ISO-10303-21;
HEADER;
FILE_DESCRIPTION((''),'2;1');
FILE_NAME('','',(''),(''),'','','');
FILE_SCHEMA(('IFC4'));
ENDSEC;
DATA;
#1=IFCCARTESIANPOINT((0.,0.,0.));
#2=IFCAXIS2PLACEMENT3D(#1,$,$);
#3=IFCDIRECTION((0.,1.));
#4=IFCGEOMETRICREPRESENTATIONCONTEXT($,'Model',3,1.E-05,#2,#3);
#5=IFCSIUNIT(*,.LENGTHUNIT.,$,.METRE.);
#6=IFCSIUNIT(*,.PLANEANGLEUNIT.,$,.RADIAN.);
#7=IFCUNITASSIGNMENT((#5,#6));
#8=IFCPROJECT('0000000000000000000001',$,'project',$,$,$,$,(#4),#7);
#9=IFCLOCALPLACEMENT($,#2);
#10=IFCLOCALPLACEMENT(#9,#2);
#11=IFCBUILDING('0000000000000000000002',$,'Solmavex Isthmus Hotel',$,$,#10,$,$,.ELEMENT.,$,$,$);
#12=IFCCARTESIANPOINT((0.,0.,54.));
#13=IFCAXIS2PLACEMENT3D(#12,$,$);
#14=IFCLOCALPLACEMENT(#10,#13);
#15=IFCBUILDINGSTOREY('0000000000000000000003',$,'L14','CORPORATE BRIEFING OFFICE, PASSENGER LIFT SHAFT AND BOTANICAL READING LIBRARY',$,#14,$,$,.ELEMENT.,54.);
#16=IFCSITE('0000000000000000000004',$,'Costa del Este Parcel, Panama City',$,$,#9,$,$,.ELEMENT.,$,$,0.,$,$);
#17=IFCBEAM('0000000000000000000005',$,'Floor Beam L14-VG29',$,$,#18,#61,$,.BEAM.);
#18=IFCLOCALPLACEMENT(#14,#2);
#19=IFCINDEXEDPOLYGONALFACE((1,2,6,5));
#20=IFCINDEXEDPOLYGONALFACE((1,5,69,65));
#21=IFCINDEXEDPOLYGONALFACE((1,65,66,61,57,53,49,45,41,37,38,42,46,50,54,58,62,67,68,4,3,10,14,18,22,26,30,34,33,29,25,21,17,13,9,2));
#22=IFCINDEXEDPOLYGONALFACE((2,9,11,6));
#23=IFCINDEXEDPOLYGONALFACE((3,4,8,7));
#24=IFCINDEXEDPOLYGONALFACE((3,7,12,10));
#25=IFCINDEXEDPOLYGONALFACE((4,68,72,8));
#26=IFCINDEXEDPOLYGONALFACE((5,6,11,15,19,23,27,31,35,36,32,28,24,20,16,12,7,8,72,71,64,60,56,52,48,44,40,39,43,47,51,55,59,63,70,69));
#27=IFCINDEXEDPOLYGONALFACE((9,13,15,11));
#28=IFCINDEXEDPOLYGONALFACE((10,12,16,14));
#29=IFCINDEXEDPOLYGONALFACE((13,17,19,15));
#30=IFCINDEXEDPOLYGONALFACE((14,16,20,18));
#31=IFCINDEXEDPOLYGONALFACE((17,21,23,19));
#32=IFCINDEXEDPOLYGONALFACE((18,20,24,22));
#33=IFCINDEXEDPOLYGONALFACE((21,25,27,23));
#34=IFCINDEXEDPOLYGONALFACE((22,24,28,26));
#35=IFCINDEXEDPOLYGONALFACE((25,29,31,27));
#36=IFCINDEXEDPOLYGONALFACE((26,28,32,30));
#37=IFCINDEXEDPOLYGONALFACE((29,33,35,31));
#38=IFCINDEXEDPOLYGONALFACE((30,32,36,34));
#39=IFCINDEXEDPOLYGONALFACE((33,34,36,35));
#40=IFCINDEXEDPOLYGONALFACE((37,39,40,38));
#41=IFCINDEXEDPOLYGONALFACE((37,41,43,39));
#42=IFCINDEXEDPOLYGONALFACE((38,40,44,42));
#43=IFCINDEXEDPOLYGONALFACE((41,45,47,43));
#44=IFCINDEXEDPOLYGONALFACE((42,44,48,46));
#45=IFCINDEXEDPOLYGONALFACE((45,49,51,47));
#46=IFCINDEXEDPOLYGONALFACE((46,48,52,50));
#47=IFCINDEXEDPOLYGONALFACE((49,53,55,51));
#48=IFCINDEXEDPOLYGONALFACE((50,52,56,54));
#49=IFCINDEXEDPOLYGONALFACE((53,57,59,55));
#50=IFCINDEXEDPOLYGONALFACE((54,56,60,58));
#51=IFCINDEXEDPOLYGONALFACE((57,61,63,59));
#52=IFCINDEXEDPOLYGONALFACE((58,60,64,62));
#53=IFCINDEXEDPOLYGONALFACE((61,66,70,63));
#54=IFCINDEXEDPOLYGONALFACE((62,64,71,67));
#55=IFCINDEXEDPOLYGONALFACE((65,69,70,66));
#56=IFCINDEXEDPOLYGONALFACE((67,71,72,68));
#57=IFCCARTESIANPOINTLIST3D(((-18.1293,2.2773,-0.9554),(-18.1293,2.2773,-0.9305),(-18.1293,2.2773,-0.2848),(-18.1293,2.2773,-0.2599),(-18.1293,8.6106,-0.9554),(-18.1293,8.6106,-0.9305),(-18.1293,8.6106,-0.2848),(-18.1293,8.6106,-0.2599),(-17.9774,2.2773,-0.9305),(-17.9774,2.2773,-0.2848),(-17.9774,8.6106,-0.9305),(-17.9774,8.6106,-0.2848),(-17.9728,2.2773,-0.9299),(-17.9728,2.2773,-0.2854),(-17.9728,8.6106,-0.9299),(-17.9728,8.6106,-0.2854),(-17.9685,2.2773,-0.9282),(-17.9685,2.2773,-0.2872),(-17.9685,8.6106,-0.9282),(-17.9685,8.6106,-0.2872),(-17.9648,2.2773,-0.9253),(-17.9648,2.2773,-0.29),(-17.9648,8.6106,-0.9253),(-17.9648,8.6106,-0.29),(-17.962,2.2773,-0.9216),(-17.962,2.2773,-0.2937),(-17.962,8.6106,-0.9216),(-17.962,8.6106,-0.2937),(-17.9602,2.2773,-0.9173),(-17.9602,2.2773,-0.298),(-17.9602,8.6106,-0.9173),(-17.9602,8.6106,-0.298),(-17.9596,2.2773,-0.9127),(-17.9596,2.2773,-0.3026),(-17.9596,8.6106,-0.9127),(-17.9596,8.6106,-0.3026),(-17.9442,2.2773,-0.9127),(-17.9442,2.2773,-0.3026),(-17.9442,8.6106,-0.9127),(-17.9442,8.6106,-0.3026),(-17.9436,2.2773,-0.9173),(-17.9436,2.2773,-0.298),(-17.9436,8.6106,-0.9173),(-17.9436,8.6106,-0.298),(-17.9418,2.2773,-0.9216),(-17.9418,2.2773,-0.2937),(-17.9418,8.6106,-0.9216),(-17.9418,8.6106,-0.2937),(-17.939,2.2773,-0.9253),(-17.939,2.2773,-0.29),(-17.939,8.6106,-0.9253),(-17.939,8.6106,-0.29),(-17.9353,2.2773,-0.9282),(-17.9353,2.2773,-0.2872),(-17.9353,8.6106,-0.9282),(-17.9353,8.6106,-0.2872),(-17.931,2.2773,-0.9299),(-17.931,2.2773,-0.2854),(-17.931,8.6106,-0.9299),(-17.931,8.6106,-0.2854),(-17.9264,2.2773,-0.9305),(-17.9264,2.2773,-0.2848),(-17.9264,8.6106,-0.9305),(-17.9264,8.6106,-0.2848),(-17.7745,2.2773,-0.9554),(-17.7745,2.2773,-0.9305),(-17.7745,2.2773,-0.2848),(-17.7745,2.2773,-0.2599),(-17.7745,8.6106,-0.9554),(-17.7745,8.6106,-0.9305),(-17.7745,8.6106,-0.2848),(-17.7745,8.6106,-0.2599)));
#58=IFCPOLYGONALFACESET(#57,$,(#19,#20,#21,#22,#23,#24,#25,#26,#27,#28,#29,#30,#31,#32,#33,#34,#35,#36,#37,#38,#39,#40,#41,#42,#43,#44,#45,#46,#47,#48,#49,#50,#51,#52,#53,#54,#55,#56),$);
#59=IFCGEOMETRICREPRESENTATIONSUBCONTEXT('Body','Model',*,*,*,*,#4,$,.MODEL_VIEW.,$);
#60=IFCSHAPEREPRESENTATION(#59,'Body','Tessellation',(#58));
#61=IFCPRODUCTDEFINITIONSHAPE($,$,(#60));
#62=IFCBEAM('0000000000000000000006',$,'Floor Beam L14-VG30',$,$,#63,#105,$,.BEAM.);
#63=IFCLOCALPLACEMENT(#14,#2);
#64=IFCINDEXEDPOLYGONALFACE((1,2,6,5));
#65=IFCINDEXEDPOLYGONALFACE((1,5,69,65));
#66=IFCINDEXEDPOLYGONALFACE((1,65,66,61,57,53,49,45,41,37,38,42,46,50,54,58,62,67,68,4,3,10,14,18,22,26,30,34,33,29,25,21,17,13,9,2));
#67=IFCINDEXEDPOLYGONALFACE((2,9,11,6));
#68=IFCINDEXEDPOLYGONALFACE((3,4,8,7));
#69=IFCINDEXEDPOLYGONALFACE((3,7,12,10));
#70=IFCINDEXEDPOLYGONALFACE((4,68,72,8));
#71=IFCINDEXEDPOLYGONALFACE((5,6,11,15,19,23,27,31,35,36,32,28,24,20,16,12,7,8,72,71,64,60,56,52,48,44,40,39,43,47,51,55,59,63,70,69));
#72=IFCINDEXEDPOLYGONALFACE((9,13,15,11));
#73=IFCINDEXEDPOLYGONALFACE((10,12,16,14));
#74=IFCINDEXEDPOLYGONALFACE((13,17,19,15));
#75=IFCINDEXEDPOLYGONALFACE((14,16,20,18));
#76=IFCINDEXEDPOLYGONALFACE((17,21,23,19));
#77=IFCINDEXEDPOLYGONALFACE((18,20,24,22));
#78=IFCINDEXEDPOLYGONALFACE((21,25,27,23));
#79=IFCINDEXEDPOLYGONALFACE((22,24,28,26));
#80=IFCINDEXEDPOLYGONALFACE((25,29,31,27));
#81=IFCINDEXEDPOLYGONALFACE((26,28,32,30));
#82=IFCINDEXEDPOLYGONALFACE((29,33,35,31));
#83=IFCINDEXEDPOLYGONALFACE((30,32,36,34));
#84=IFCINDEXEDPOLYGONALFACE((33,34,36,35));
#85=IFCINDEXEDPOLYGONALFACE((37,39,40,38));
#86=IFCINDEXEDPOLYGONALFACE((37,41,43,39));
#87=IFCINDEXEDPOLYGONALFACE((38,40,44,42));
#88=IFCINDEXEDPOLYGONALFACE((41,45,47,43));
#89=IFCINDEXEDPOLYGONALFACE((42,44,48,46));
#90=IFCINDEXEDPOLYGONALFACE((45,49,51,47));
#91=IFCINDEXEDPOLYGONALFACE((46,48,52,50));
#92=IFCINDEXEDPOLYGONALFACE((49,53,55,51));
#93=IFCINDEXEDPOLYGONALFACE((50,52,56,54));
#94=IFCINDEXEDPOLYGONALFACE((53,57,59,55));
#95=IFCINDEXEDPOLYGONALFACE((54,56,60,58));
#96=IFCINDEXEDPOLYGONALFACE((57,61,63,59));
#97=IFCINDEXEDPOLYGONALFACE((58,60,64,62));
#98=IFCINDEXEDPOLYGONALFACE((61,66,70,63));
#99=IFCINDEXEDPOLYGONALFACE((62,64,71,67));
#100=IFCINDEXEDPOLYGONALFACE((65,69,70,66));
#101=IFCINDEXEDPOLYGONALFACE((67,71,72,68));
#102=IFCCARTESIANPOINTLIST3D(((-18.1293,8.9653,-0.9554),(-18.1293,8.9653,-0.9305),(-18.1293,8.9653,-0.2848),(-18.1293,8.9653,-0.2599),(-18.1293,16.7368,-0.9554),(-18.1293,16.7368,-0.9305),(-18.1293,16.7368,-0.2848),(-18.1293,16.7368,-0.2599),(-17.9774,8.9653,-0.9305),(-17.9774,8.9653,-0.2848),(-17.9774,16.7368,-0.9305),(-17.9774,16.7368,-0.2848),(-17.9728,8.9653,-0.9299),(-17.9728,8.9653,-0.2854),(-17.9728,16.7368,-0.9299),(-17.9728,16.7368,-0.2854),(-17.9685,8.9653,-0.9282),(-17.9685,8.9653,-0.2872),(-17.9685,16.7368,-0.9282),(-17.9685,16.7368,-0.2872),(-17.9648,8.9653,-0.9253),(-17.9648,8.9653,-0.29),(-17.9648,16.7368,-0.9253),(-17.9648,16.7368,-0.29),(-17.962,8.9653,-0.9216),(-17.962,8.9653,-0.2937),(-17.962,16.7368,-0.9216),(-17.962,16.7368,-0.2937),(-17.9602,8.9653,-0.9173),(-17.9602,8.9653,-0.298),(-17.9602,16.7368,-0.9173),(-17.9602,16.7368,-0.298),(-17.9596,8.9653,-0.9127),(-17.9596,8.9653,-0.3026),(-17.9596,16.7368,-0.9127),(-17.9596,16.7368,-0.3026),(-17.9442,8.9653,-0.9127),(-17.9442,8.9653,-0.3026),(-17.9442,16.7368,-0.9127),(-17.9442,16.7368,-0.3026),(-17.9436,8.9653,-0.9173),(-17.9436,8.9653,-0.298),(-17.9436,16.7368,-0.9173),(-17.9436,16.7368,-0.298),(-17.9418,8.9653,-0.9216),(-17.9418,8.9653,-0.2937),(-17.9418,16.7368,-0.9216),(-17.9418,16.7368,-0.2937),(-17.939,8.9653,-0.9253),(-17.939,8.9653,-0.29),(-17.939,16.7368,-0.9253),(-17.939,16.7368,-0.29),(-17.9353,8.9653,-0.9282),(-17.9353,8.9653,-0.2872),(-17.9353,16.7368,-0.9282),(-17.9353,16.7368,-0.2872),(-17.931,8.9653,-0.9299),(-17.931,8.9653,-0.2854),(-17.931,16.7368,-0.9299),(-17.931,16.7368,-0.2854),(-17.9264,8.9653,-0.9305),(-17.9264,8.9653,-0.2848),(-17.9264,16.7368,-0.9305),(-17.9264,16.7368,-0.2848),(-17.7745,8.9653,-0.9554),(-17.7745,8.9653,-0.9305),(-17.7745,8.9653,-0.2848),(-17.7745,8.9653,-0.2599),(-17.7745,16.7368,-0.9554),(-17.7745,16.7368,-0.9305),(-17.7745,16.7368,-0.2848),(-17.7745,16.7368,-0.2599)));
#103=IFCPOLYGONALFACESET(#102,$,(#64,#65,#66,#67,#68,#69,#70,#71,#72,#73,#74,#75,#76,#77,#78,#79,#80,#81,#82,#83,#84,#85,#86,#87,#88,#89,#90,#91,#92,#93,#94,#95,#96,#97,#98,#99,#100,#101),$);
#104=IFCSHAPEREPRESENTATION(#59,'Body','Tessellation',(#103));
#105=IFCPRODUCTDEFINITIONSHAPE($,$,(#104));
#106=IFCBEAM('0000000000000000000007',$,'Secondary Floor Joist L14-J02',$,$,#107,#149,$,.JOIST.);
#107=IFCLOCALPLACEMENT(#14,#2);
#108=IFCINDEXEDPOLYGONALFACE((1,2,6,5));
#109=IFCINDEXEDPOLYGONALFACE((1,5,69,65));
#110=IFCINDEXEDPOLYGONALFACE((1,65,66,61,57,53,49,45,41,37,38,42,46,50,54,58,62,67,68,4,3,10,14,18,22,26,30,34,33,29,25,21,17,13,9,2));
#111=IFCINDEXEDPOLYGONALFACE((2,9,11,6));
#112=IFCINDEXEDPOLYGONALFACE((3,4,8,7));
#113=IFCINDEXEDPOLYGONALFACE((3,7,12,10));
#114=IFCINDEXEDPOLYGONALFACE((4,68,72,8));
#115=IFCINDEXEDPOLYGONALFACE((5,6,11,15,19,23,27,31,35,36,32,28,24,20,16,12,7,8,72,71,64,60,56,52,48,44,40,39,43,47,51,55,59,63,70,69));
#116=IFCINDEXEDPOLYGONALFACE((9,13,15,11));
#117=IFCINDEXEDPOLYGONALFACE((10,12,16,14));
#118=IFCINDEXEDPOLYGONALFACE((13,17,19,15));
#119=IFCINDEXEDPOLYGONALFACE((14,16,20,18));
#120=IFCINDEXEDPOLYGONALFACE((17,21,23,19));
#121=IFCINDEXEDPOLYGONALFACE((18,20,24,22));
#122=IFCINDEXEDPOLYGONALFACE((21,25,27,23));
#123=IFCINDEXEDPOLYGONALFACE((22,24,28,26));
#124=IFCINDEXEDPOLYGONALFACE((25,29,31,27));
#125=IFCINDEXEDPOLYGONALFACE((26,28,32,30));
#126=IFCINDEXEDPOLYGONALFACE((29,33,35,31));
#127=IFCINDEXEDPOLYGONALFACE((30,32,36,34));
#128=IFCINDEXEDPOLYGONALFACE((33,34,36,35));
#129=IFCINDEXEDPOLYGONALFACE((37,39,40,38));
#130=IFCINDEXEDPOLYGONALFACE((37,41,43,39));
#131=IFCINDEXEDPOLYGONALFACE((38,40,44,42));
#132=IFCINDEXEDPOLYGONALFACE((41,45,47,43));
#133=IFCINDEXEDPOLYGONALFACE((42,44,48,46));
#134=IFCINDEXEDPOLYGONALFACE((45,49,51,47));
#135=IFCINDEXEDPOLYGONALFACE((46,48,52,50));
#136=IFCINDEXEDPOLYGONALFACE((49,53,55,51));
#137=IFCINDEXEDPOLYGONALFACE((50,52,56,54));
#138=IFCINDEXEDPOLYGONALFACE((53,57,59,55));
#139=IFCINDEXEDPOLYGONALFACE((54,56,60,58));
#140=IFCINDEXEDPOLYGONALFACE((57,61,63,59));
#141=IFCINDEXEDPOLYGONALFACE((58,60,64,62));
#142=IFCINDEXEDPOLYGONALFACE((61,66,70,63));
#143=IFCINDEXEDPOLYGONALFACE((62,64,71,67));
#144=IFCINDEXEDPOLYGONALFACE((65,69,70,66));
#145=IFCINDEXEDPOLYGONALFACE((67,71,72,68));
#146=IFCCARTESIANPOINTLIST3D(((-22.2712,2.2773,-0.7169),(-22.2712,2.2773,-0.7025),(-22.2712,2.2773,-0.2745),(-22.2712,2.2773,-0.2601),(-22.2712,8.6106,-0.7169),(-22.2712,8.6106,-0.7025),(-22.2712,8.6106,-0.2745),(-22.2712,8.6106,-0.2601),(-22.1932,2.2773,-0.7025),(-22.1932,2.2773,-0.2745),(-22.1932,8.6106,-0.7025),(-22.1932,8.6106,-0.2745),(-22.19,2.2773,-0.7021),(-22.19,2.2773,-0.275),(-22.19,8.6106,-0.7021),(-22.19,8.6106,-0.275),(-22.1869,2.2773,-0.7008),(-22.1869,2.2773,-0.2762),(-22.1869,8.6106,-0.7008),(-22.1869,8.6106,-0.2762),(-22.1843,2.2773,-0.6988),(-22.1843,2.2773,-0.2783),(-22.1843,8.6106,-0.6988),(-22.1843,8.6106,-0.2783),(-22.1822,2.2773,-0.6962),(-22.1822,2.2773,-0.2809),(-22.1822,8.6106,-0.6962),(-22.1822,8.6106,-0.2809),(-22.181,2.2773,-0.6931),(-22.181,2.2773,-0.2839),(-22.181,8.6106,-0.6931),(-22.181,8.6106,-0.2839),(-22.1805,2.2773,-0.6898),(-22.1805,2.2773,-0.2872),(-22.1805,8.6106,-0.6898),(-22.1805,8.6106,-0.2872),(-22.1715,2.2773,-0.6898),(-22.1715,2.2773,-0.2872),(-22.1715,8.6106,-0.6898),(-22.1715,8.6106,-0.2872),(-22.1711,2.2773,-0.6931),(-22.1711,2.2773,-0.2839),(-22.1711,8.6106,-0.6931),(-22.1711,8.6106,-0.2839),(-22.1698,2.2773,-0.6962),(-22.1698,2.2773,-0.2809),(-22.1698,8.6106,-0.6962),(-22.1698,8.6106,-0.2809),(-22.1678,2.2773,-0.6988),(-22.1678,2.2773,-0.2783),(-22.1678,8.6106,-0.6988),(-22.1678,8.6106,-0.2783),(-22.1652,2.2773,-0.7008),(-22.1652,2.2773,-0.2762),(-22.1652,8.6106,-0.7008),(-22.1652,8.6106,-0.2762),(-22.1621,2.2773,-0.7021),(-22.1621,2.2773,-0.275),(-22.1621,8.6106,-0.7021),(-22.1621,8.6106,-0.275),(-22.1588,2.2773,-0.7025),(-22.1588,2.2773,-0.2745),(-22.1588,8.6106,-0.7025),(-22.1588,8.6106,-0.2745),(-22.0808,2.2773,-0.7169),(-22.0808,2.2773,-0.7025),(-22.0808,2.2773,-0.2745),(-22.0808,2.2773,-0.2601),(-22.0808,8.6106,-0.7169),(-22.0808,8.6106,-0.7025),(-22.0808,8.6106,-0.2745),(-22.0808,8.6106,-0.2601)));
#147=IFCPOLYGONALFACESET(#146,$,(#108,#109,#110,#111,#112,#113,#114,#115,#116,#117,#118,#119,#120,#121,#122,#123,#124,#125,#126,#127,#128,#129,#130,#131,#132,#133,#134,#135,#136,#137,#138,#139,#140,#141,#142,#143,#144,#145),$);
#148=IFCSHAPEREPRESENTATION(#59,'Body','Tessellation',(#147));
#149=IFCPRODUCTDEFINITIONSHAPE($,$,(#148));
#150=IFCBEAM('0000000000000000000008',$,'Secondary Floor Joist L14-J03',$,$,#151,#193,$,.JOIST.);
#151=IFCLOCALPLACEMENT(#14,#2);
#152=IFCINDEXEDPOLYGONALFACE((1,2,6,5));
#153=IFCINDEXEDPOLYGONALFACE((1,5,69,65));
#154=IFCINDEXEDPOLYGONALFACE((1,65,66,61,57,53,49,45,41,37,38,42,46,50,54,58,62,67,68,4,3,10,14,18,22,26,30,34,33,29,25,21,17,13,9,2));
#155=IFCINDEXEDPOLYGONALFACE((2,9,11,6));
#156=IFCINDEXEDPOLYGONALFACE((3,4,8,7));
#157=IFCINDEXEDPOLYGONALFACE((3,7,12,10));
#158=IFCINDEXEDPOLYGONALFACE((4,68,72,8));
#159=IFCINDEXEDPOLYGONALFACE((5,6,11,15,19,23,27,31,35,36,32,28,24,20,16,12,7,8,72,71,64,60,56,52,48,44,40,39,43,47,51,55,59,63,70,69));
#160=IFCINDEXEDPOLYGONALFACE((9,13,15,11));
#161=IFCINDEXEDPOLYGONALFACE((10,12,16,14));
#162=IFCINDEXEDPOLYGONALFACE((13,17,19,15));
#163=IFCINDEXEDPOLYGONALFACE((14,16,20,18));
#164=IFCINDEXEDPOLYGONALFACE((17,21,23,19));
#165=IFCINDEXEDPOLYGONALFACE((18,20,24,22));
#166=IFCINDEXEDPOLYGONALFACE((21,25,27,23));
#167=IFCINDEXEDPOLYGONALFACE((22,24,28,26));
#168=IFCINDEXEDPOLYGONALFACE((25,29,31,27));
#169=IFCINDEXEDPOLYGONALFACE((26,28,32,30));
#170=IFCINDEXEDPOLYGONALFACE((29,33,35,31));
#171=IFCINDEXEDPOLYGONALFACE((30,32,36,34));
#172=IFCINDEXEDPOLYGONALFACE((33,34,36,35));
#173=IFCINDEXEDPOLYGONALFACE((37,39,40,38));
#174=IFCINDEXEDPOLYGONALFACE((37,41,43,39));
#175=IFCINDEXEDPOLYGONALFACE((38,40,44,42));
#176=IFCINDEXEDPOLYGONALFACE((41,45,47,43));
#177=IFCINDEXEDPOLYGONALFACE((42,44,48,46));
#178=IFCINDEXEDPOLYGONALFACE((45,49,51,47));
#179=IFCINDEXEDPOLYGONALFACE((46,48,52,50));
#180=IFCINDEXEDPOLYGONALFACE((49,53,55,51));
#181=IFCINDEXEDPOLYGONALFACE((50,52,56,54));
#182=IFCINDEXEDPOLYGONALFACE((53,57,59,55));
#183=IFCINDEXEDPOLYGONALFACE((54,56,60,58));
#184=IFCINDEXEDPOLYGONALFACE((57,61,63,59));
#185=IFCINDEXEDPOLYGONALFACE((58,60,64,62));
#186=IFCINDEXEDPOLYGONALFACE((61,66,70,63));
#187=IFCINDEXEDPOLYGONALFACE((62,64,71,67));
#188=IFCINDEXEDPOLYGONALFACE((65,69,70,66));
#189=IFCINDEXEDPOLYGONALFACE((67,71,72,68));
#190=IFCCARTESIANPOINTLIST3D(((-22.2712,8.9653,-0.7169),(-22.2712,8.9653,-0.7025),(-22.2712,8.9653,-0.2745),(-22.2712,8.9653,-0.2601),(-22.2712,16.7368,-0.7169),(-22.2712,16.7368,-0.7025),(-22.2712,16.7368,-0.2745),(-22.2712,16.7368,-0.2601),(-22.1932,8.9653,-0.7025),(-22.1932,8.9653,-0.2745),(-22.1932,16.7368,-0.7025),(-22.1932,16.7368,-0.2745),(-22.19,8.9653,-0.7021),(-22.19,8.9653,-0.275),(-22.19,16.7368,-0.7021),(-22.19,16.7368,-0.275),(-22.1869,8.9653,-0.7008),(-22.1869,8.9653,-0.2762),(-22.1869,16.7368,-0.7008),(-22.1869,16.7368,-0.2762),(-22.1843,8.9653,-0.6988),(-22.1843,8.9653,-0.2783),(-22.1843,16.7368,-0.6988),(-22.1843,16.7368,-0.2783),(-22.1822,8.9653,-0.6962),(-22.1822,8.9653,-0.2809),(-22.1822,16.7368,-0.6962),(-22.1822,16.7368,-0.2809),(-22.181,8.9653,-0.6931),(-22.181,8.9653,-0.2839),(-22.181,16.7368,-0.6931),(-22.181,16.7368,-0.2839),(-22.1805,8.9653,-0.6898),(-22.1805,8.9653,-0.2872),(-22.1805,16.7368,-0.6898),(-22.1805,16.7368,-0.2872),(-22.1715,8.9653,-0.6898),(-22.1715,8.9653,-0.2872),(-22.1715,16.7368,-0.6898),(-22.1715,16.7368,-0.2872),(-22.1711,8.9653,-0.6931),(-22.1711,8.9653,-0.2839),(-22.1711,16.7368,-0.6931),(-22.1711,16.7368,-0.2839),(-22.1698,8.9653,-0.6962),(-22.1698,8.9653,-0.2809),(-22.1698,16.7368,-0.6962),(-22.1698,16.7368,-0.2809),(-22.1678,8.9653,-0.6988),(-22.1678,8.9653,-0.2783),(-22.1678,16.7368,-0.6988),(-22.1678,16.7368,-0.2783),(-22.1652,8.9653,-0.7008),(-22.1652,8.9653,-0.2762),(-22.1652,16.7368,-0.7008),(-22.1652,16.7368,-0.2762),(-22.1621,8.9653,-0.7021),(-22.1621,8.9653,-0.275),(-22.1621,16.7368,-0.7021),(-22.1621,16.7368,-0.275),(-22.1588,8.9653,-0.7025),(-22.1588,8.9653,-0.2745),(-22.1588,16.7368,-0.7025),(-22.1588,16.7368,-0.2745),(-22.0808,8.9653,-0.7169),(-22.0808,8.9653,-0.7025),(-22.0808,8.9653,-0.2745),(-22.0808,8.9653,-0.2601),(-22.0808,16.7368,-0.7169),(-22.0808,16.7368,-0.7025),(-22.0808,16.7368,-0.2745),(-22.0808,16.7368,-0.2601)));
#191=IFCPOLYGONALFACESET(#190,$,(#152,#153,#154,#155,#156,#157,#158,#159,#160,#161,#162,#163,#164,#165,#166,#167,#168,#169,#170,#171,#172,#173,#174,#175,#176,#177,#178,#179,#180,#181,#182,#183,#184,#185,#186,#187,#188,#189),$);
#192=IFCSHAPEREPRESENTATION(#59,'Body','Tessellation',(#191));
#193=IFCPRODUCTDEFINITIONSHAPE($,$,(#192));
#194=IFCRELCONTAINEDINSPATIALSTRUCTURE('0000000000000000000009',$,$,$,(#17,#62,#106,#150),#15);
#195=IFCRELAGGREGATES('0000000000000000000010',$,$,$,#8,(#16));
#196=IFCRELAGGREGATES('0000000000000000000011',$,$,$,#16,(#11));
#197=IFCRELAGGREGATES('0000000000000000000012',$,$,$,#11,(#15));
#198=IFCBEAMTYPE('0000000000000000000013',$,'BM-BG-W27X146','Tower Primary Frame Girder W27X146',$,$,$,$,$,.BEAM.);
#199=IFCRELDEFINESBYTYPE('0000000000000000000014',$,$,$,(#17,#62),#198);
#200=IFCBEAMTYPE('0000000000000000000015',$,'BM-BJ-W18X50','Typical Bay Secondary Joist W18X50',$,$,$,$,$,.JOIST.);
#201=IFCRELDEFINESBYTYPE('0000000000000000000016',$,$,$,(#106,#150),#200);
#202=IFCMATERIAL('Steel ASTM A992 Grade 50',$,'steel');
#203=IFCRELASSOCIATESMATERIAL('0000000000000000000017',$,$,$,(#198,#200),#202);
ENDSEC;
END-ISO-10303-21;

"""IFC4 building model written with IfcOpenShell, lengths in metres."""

from ifc_helpers import new_model, si_unit, direction, frame, origin, origin_2d, place, context, subcontext, project, spatial, i_section, extrude, material, material_profile, profile_set, type_object, element, save


model = new_model("IFC4")

# Units and contexts
model_context = context("Model", 3, precision=1e-05, world=origin(), true_north=direction((0.0, 1.0)))
body_context = subcontext(model_context, "Body", "Model", "MODEL_VIEW")
ifc_project = project(units=[si_unit("LENGTHUNIT", "METRE"), si_unit("PLANEANGLEUNIT", "RADIAN")], contexts=[model_context])

# Site, building, storey
site_placement = place(None, origin())
site = spatial("IfcSite", under=ifc_project, at=site_placement, Name="Costa del Este Parcel, Panama City", CompositionType="ELEMENT", RefElevation=0.0)
building_placement = place(site_placement, origin())
building = spatial("IfcBuilding", under=site, at=building_placement, Name="Solmavex Isthmus Hotel", CompositionType="ELEMENT")
storey_placement = place(building_placement, frame((0.0, 0.0, 54.0)))
storey = spatial("IfcBuildingStorey", under=building, at=storey_placement, Name="L14", Description="CORPORATE BRIEFING OFFICE, PASSENGER LIFT SHAFT AND BOTANICAL READING LIBRARY", CompositionType="ELEMENT", Elevation=54.0)

# Beams
ifc_material_1 = material(Name="Steel ASTM A992 Grade 50", Category="steel")
ifc_material_profile_1 = material_profile(ifc_material_1, i_section(OverallWidth=0.3547, OverallDepth=0.6956, WebThickness=0.0154, FlangeThickness=0.0249, FilletRadius=0.0178, at=origin_2d()), Name="W27X146")
ifc_profile_set_1 = profile_set([ifc_material_profile_1], Name="Steel ASTM A992 Grade 50")
beam_type_1 = type_object("IfcBeamType", Name="BM-BG-W27X146", Description="Tower Primary Frame Girder W27X146", PredefinedType="BEAM", material=ifc_profile_set_1)
beam_1_placement = place(storey_placement, frame((-17.9519, 2.2773, -0.6077), z_axis=(0.0, 1.0, 0.0), x_axis=(-1.0, 0.0, 0.0)))
element("IfcBeam", 1, at=beam_1_placement, inside=storey, type_object=beam_type_1, Name="Floor Beam L14-VG29", PredefinedType="BEAM", context=body_context, shape_type="SweptSolid", body=[
    extrude(i_section(OverallWidth=0.3547, OverallDepth=0.6956, WebThickness=0.0154, FlangeThickness=0.0249, FilletRadius=0.0178, at=origin_2d()), origin(), (0.0, 0.0, 1.0), 6.3333),
])
beam_2_placement = place(storey_placement, frame((-17.9519, 8.9653, -0.6077), z_axis=(0.0, 1.0, 0.0), x_axis=(-1.0, 0.0, 0.0)))
element("IfcBeam", 2, at=beam_2_placement, inside=storey, type_object=beam_type_1, Name="Floor Beam L14-VG30", PredefinedType="BEAM", context=body_context, shape_type="SweptSolid", body=[
    extrude(i_section(OverallWidth=0.3547, OverallDepth=0.6956, WebThickness=0.0154, FlangeThickness=0.0249, FilletRadius=0.0178, at=origin_2d()), origin(), (0.0, 0.0, 1.0), 7.7715),
])
ifc_material_profile_2 = material_profile(ifc_material_1, i_section(OverallWidth=0.1904, OverallDepth=0.4568, WebThickness=0.009, FlangeThickness=0.0144, FilletRadius=0.0127, at=origin_2d()), Name="W18X50")
ifc_profile_set_2 = profile_set([ifc_material_profile_2], Name="Steel ASTM A992 Grade 50")
beam_type_2 = type_object("IfcBeamType", Name="BM-BJ-W18X50", Description="Typical Bay Secondary Joist W18X50", PredefinedType="JOIST", material=ifc_profile_set_2)
beam_3_placement = place(storey_placement, frame((-22.176, 2.2773, -0.4885), z_axis=(0.0, 1.0, 0.0), x_axis=(-1.0, 0.0, 0.0)))
element("IfcBeam", 3, at=beam_3_placement, inside=storey, type_object=beam_type_2, Name="Secondary Floor Joist L14-J02", PredefinedType="JOIST", context=body_context, shape_type="SweptSolid", body=[
    extrude(i_section(OverallWidth=0.1904, OverallDepth=0.4568, WebThickness=0.009, FlangeThickness=0.0144, FilletRadius=0.0127, at=origin_2d()), origin(), (0.0, 0.0, 1.0), 6.3333),
])
beam_4_placement = place(storey_placement, frame((-22.176, 8.9653, -0.4885), z_axis=(0.0, 1.0, 0.0), x_axis=(-1.0, 0.0, 0.0)))
element("IfcBeam", 4, at=beam_4_placement, inside=storey, type_object=beam_type_2, Name="Secondary Floor Joist L14-J03", PredefinedType="JOIST", context=body_context, shape_type="SweptSolid", body=[
    extrude(i_section(OverallWidth=0.1904, OverallDepth=0.4568, WebThickness=0.009, FlangeThickness=0.0144, FilletRadius=0.0127, at=origin_2d()), origin(), (0.0, 0.0, 1.0), 7.7715),
])

save(model, "model.ifc")
